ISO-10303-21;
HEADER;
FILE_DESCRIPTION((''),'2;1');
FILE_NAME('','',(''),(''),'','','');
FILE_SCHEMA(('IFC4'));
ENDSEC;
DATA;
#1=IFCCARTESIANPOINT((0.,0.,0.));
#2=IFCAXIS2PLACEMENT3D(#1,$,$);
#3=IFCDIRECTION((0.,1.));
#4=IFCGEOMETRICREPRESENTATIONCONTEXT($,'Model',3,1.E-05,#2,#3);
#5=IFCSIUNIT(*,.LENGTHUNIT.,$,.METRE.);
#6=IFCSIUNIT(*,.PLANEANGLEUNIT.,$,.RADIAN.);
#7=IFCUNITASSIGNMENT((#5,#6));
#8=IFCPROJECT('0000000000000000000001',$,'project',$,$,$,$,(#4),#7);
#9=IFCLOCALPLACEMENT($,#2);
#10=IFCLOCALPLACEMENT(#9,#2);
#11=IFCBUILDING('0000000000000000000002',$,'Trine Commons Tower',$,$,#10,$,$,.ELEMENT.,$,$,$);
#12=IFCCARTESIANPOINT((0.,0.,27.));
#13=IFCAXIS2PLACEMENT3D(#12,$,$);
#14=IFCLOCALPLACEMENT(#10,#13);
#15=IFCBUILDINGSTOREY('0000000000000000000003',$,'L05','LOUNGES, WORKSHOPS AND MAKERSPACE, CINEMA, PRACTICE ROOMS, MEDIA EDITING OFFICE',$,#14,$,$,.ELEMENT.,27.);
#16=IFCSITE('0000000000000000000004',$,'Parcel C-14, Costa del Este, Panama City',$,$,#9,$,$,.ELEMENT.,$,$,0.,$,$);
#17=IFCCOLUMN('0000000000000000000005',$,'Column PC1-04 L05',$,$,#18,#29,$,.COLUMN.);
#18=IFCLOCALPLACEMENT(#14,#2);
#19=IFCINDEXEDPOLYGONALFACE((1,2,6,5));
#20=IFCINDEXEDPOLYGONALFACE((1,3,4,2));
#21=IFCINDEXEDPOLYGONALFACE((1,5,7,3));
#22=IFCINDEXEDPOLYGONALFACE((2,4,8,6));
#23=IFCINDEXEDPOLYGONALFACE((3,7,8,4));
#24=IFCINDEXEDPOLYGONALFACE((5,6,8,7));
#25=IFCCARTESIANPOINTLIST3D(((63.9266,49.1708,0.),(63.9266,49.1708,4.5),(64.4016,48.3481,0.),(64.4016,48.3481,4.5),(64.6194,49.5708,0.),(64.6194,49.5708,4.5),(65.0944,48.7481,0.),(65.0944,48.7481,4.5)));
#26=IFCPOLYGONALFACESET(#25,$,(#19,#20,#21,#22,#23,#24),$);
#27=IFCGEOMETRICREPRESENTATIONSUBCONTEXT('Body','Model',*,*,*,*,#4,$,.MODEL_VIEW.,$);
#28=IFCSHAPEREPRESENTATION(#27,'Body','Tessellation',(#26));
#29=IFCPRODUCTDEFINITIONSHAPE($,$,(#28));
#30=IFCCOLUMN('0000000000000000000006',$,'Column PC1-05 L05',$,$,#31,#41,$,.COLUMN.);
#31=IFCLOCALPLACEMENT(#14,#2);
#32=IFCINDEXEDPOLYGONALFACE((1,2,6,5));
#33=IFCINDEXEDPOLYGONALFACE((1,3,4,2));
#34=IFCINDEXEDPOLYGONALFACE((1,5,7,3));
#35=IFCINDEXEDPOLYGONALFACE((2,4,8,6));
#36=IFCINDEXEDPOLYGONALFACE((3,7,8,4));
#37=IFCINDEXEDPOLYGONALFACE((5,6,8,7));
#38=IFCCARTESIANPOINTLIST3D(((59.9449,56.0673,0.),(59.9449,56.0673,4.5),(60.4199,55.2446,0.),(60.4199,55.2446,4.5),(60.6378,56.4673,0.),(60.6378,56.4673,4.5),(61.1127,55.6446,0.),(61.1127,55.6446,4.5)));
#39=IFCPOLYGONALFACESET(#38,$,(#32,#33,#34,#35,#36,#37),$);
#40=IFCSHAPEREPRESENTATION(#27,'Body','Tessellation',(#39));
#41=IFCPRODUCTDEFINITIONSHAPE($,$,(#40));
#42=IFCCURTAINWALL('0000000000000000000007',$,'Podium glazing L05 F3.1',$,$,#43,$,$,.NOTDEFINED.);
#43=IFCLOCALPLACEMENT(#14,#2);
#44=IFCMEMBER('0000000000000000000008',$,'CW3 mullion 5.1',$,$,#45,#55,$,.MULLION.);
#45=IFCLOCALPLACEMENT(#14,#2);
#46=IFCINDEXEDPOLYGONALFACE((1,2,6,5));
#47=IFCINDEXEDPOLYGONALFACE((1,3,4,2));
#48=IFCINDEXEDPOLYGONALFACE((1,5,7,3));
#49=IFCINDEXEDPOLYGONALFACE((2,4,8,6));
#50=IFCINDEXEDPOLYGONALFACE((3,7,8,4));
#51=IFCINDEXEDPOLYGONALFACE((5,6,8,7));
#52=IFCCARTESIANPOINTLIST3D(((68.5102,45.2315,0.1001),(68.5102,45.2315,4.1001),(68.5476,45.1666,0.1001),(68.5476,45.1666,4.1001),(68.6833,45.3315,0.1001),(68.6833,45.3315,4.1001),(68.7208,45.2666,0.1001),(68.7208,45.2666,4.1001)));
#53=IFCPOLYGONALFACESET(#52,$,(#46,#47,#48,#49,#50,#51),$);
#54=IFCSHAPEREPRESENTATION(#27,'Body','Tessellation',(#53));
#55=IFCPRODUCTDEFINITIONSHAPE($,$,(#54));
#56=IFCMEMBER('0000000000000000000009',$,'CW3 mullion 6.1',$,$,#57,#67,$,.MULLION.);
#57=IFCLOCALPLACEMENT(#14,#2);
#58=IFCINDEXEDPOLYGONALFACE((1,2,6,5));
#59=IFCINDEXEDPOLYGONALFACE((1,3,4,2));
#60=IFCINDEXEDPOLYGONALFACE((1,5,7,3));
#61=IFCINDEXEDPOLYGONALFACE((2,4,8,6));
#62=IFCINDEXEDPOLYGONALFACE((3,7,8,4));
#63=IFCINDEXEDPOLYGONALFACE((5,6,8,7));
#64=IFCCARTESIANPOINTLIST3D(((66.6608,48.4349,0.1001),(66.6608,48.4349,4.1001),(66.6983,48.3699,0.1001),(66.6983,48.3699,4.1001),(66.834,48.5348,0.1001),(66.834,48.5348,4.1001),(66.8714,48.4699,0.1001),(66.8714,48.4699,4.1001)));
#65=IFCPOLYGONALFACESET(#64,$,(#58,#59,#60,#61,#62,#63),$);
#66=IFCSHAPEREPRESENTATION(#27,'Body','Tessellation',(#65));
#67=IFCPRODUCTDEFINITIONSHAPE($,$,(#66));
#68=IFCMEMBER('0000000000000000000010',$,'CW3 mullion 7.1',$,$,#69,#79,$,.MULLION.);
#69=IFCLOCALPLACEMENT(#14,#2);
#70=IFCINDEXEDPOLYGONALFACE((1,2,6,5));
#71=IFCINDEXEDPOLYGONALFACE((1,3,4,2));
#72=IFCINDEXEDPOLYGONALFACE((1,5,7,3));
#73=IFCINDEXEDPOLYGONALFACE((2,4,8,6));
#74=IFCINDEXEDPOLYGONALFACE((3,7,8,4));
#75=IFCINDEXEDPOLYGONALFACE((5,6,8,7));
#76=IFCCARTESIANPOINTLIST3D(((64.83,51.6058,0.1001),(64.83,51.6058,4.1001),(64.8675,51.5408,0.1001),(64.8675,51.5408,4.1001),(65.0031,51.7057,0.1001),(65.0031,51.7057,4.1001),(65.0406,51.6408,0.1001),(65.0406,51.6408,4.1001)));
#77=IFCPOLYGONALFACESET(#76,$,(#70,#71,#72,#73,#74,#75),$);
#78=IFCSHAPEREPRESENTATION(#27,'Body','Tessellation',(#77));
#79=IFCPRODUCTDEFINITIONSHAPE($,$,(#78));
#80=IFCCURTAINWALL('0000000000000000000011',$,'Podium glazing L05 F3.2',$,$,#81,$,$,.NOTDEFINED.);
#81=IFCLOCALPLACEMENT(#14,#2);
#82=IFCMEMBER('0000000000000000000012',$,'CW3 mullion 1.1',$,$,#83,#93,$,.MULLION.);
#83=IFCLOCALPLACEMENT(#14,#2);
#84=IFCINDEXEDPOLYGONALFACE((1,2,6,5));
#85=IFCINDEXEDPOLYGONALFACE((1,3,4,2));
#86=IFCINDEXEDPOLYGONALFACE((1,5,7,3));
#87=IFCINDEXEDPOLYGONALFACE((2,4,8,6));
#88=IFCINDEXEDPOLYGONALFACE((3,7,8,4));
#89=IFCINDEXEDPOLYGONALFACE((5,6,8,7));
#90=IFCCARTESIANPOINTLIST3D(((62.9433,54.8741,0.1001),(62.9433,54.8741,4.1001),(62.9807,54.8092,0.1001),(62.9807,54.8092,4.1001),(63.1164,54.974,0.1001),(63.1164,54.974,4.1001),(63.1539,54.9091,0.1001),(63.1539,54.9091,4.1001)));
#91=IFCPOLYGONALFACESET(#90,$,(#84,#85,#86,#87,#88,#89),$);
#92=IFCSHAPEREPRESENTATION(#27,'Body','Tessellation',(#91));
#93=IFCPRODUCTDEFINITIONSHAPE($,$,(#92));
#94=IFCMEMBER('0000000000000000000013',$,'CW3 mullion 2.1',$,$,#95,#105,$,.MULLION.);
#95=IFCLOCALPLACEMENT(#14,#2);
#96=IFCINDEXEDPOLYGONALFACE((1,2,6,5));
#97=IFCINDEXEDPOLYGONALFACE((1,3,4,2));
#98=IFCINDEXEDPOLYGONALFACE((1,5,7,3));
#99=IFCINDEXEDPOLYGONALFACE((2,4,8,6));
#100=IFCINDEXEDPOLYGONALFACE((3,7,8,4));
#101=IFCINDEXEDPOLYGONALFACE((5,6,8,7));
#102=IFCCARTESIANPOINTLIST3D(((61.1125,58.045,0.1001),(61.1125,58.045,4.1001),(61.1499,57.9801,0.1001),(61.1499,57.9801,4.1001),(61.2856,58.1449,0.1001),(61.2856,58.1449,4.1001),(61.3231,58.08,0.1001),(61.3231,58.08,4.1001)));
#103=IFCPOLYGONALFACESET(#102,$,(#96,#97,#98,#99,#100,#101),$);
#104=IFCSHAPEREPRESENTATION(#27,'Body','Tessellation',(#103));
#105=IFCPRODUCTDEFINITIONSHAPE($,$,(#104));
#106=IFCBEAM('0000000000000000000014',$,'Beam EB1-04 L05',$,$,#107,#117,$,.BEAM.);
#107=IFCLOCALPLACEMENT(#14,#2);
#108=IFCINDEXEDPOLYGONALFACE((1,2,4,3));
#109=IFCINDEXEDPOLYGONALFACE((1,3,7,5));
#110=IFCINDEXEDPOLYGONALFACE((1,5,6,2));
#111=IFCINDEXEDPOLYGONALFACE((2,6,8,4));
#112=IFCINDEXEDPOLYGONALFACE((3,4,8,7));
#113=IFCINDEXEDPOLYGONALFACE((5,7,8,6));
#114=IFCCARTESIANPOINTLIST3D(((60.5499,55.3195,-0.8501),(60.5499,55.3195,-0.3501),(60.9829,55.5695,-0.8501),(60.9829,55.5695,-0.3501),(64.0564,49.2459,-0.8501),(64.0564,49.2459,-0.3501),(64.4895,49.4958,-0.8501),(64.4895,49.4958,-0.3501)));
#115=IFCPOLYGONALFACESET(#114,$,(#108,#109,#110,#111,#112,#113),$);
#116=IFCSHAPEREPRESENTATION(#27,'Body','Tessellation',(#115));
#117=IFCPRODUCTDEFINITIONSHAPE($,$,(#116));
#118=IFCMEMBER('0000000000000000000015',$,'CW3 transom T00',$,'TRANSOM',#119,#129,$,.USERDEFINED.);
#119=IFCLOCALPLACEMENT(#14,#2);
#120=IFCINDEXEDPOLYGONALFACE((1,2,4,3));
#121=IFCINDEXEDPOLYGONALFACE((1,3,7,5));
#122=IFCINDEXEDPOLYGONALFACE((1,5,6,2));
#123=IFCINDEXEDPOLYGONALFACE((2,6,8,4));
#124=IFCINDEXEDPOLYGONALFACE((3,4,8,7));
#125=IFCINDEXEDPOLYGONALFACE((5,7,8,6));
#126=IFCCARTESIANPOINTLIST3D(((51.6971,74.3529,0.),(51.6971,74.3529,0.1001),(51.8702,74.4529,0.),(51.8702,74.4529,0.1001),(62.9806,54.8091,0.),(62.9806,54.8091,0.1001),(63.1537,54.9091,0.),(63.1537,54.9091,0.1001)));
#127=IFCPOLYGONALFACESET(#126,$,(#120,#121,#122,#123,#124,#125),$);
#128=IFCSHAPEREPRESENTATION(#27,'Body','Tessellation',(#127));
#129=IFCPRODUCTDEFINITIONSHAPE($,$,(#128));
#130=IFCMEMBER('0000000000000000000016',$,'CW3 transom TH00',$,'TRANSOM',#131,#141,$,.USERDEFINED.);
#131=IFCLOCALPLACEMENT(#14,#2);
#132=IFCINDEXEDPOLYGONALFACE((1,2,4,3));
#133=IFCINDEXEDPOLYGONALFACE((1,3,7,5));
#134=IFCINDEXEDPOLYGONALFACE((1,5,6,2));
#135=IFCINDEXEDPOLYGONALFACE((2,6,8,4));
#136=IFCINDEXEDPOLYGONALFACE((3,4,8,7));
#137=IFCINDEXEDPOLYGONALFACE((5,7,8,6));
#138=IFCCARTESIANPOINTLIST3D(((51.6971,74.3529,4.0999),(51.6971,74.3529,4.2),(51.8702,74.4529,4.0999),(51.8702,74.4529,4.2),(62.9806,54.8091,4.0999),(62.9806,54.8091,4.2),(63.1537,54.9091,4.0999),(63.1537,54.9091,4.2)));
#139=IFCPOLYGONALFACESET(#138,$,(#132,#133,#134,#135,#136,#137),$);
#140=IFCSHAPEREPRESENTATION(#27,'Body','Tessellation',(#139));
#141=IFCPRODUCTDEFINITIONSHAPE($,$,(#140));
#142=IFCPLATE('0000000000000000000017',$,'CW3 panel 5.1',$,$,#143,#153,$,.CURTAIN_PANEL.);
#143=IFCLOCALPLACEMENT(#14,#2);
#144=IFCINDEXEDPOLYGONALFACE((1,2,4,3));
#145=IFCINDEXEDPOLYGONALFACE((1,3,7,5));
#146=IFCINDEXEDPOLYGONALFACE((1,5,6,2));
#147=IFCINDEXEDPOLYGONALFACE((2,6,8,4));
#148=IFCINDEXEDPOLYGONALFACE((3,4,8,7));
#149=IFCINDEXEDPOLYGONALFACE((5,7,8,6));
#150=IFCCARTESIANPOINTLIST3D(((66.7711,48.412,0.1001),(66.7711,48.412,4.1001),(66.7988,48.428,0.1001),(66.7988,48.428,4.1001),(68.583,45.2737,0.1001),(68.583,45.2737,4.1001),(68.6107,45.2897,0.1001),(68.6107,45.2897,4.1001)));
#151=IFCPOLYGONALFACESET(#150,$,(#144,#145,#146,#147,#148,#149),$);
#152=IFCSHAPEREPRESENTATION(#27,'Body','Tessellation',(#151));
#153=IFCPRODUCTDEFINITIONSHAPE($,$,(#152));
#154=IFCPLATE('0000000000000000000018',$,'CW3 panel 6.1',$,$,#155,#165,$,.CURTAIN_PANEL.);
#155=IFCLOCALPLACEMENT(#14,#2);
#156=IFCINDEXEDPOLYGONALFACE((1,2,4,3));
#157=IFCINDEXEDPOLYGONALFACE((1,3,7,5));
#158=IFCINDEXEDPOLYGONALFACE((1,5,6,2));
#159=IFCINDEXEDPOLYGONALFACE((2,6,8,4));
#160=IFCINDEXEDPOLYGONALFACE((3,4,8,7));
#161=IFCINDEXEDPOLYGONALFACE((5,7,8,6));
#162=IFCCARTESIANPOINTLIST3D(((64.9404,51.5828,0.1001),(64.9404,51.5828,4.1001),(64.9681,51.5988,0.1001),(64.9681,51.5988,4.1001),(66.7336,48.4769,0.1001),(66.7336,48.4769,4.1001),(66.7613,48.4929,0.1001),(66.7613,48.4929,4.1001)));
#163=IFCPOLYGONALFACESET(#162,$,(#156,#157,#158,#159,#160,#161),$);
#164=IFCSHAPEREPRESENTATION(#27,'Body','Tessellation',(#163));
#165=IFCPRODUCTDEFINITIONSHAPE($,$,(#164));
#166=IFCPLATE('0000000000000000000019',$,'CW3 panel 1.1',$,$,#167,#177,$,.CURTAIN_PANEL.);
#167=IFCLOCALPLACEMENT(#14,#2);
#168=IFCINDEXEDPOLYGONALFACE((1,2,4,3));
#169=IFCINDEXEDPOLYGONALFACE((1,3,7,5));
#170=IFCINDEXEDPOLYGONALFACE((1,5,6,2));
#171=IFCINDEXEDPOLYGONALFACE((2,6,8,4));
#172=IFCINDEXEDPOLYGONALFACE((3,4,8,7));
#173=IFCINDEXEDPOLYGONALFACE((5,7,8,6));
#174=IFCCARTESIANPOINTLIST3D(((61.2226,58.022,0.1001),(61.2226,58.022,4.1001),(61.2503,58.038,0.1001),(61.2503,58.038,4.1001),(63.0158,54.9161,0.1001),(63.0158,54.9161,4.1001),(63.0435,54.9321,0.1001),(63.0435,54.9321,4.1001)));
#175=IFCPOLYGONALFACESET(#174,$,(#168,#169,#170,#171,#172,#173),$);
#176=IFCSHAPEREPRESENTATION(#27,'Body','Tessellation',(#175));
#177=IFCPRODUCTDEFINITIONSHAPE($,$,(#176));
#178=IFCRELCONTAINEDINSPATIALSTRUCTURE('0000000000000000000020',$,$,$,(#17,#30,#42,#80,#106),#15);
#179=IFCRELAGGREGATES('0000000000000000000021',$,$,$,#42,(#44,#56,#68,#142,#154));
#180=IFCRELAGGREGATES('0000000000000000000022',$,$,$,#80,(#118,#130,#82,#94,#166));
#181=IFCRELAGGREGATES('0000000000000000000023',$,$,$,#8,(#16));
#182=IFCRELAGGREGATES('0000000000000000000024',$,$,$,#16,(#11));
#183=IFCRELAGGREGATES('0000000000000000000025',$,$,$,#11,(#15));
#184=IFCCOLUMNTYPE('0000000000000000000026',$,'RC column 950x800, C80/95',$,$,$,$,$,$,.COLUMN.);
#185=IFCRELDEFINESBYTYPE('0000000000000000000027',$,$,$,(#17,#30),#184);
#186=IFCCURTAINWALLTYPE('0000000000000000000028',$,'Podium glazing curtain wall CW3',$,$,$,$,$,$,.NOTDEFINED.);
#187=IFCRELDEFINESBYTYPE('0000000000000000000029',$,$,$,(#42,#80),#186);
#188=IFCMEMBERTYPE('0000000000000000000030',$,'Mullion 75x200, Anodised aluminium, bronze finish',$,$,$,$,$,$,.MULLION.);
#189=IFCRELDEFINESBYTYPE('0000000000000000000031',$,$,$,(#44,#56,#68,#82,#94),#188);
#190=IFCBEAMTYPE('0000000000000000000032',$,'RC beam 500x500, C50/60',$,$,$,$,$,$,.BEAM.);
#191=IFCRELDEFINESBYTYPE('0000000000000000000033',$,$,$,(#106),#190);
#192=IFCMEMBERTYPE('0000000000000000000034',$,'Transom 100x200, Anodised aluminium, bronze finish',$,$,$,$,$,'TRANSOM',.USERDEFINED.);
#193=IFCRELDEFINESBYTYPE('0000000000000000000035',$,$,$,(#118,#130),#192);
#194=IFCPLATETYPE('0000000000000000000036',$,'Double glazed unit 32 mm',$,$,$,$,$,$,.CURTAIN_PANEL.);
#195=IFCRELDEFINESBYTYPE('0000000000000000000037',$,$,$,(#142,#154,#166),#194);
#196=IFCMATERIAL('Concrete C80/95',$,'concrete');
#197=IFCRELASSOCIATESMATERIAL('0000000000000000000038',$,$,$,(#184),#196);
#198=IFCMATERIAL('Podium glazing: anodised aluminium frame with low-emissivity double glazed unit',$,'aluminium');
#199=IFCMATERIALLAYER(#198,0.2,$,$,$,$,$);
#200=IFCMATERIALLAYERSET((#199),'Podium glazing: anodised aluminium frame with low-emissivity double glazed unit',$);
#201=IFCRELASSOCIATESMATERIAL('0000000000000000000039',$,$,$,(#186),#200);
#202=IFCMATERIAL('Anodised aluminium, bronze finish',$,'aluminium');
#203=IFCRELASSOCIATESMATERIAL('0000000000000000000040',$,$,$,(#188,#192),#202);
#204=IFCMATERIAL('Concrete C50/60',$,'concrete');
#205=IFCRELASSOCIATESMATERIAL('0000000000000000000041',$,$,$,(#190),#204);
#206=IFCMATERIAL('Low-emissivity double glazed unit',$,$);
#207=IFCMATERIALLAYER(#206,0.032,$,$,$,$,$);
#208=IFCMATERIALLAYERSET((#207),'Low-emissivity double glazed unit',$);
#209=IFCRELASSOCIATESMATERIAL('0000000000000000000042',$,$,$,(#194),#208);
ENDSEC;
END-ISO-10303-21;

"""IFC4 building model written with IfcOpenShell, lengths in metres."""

from ifc_helpers import new_model, si_unit, direction, frame, origin, origin_2d, place, context, subcontext, project, spatial, rectangle, extrude, material, layer, layer_set, material_profile, profile_set, type_object, element, aggregate, save


model = new_model("IFC4")

# Units and contexts
model_context = context("Model", 3, precision=1e-05, world=origin(), true_north=direction((0.0, 1.0)))
body_context = subcontext(model_context, "Body", "Model", "MODEL_VIEW")
ifc_project = project(units=[si_unit("LENGTHUNIT", "METRE"), si_unit("PLANEANGLEUNIT", "RADIAN")], contexts=[model_context])

# Site, building, storey
site_placement = place(None, origin())
site = spatial("IfcSite", under=ifc_project, at=site_placement, Name="Parcel C-14, Costa del Este, Panama City", CompositionType="ELEMENT", RefElevation=0.0)
building_placement = place(site_placement, origin())
building = spatial("IfcBuilding", under=site, at=building_placement, Name="Trine Commons Tower", CompositionType="ELEMENT")
storey_placement = place(building_placement, frame((0.0, 0.0, 27.0)))
storey = spatial("IfcBuildingStorey", under=building, at=storey_placement, Name="L05", Description="LOUNGES, WORKSHOPS AND MAKERSPACE, CINEMA, PRACTICE ROOMS, MEDIA EDITING OFFICE", CompositionType="ELEMENT", Elevation=27.0)

# Columns
ifc_material_1 = material(Name="Concrete C80/95", Category="concrete")
ifc_material_profile_1 = material_profile(ifc_material_1, rectangle(XDim=0.95, YDim=0.8, at=origin_2d()), Name="RC 950x800")
ifc_profile_set_1 = profile_set([ifc_material_profile_1], Name="Concrete C80/95")
column_type = type_object("IfcColumnType", Name="RC column 950x800, C80/95", PredefinedType="COLUMN", material=ifc_profile_set_1)
for number, where, z_axis, x_axis, name in (
    (1, (64.5105, 48.9595, 0.0), (0.0, 0.0, 1.0), (-0.5, 0.866025, 0.0), "Column PC1-04 L05"),
    (2, (60.5288, 55.856, 0.0), (0.0, 0.0, 1.0), (-0.5, 0.866025, 0.0), "Column PC1-05 L05"),
):
    element("IfcColumn", number, at=place(storey_placement, frame(where, z_axis=z_axis, x_axis=x_axis)), inside=storey, type_object=column_type, Name=name, PredefinedType="COLUMN", context=body_context, shape_type="SweptSolid", body=[
        extrude(rectangle(XDim=0.95, YDim=0.8, at=origin_2d()), origin(), (0.0, 0.0, 1.0), 4.5),
    ])

# Curtain walls, members
ifc_material_2 = material(Name="Podium glazing: anodised aluminium frame with low-emissivity double glazed unit", Category="aluminium")
ifc_layer_1 = layer(ifc_material_2, 0.2)
ifc_layer_set_1 = layer_set([ifc_layer_1], Name="Podium glazing: anodised aluminium frame with low-emissivity double glazed unit")
curtain_wall_type = type_object("IfcCurtainWallType", Name="Podium glazing curtain wall CW3", PredefinedType="NOTDEFINED", material=ifc_layer_set_1)
curtain_wall_1_placement = place(storey_placement, origin())
curtain_wall_1 = element("IfcCurtainWall", 3, at=curtain_wall_1_placement, inside=storey, type_object=curtain_wall_type, Name="Podium glazing L05 F3.1", PredefinedType="NOTDEFINED")
ifc_material_3 = material(Name="Anodised aluminium, bronze finish", Category="aluminium")
ifc_material_profile_2 = material_profile(ifc_material_3, rectangle(XDim=0.2, YDim=0.075, at=origin_2d()), Name="Mullion 75x200")
ifc_profile_set_2 = profile_set([ifc_material_profile_2], Name="Anodised aluminium, bronze finish")
member_type_1 = type_object("IfcMemberType", Name="Mullion 75x200, Anodised aluminium, bronze finish", PredefinedType="MULLION", material=ifc_profile_set_2)
member_1_placement = place(storey_placement, frame((68.6155, 45.249, 0.1001), z_axis=(0.0, 0.0, 1.0), x_axis=(-0.866025, -0.5, 0.0)))
member_1 = element("IfcMember", 4, at=member_1_placement, type_object=member_type_1, Name="CW3 mullion 5.1", PredefinedType="MULLION", context=body_context, shape_type="SweptSolid", body=[
    extrude(rectangle(XDim=0.2, YDim=0.075, at=origin_2d()), origin(), (0.0, 0.0, 1.0), 4.0),
])
member_2_placement = place(storey_placement, frame((66.7661, 48.4524, 0.1001), z_axis=(0.0, 0.0, 1.0), x_axis=(-0.866025, -0.5, 0.0)))
member_2 = element("IfcMember", 5, at=member_2_placement, type_object=member_type_1, Name="CW3 mullion 6.1", PredefinedType="MULLION", context=body_context, shape_type="SweptSolid", body=[
    extrude(rectangle(XDim=0.2, YDim=0.075, at=origin_2d()), origin(), (0.0, 0.0, 1.0), 4.0),
])
member_3_placement = place(storey_placement, frame((64.9353, 51.6233, 0.1001), z_axis=(0.0, 0.0, 1.0), x_axis=(-0.866025, -0.5, 0.0)))
member_3 = element("IfcMember", 6, at=member_3_placement, type_object=member_type_1, Name="CW3 mullion 7.1", PredefinedType="MULLION", context=body_context, shape_type="SweptSolid", body=[
    extrude(rectangle(XDim=0.2, YDim=0.075, at=origin_2d()), origin(), (0.0, 0.0, 1.0), 4.0),
])
curtain_wall_2_placement = place(storey_placement, origin())
curtain_wall_2 = element("IfcCurtainWall", 7, at=curtain_wall_2_placement, inside=storey, type_object=curtain_wall_type, Name="Podium glazing L05 F3.2", PredefinedType="NOTDEFINED")
member_4_placement = place(storey_placement, frame((63.0486, 54.8916, 0.1001), z_axis=(0.0, 0.0, 1.0), x_axis=(-0.866025, -0.5, 0.0)))
member_4 = element("IfcMember", 8, at=member_4_placement, type_object=member_type_1, Name="CW3 mullion 1.1", PredefinedType="MULLION", context=body_context, shape_type="SweptSolid", body=[
    extrude(rectangle(XDim=0.2, YDim=0.075, at=origin_2d()), origin(), (0.0, 0.0, 1.0), 4.0),
])
member_5_placement = place(storey_placement, frame((61.2178, 58.0625, 0.1001), z_axis=(0.0, 0.0, 1.0), x_axis=(-0.866025, -0.5, 0.0)))
member_5 = element("IfcMember", 9, at=member_5_placement, type_object=member_type_1, Name="CW3 mullion 2.1", PredefinedType="MULLION", context=body_context, shape_type="SweptSolid", body=[
    extrude(rectangle(XDim=0.2, YDim=0.075, at=origin_2d()), origin(), (0.0, 0.0, 1.0), 4.0),
])

# Beam
ifc_material_4 = material(Name="Concrete C50/60", Category="concrete")
ifc_material_profile_3 = material_profile(ifc_material_4, rectangle(XDim=0.5, YDim=0.5, at=origin_2d()), Name="RC 500x500")
ifc_profile_set_3 = profile_set([ifc_material_profile_3], Name="Concrete C50/60")
beam_type = type_object("IfcBeamType", Name="RC beam 500x500, C50/60", PredefinedType="BEAM", material=ifc_profile_set_3)
beam_placement = place(storey_placement, frame((64.2729, 49.3708, -0.6001), z_axis=(-0.499992, 0.86603, 0.0), x_axis=(-0.86603, -0.499992, 0.0)))
element("IfcBeam", 10, at=beam_placement, inside=storey, type_object=beam_type, Name="Beam EB1-04 L05", PredefinedType="BEAM", context=body_context, shape_type="SweptSolid", body=[
    extrude(rectangle(XDim=0.5, YDim=0.5, at=origin_2d()), origin(), (0.0, 0.0, 1.0), 7.0132),
])

# Members
ifc_material_profile_4 = material_profile(ifc_material_3, rectangle(XDim=0.2, YDim=0.1001, at=origin_2d()), Name="Transom 100x200")
ifc_profile_set_4 = profile_set([ifc_material_profile_4], Name="Anodised aluminium, bronze finish")
member_type_2 = type_object("IfcMemberType", Name="Transom 100x200, Anodised aluminium, bronze finish", ElementType="TRANSOM", PredefinedType="USERDEFINED", material=ifc_profile_set_4)
member_6_placement = place(storey_placement, frame((63.0671, 54.8591, 0.05), z_axis=(-0.499996, 0.866028, 0.0), x_axis=(-0.866028, -0.499996, 0.0)))
member_6 = element("IfcMember", 11, at=member_6_placement, type_object=member_type_2, Name="CW3 transom T00", ObjectType="TRANSOM", PredefinedType="USERDEFINED", context=body_context, shape_type="SweptSolid", body=[
    extrude(rectangle(XDim=0.2, YDim=0.1001, at=origin_2d()), origin(), (0.0, 0.0, 1.0), 22.5671),
])
member_7_placement = place(storey_placement, frame((63.0671, 54.8591, 4.1499), z_axis=(-0.499996, 0.866028, 0.0), x_axis=(-0.866028, -0.499996, 0.0)))
member_7 = element("IfcMember", 12, at=member_7_placement, type_object=member_type_2, Name="CW3 transom TH00", ObjectType="TRANSOM", PredefinedType="USERDEFINED", context=body_context, shape_type="SweptSolid", body=[
    extrude(rectangle(XDim=0.2, YDim=0.1001, at=origin_2d()), origin(), (0.0, 0.0, 1.0), 22.5671),
])

# Plates
ifc_material_5 = material(Name="Low-emissivity double glazed unit")
ifc_layer_2 = layer(ifc_material_5, 0.032)
ifc_layer_set_2 = layer_set([ifc_layer_2], Name="Low-emissivity double glazed unit")
plate_type = type_object("IfcPlateType", Name="Double glazed unit 32 mm", PredefinedType="CURTAIN_PANEL", material=ifc_layer_set_2)
plate_1_placement = place(storey_placement, frame((67.6909, 46.8508, 0.1001), z_axis=(0.0, 0.0, 1.0), x_axis=(-0.5, 0.866025, 0.0)))
plate_1 = element("IfcPlate", 13, at=plate_1_placement, type_object=plate_type, Name="CW3 panel 5.1", PredefinedType="CURTAIN_PANEL", context=body_context, shape_type="SweptSolid", body=[
    extrude(rectangle(XDim=3.6238, YDim=0.032, at=origin_2d()), origin(), (0.0, 0.0, 1.0), 4.0),
])
plate_2_placement = place(storey_placement, frame((65.8508, 50.0378, 0.1001), z_axis=(0.0, 0.0, 1.0), x_axis=(-0.5, 0.866025, 0.0)))
plate_2 = element("IfcPlate", 14, at=plate_2_placement, type_object=plate_type, Name="CW3 panel 6.1", PredefinedType="CURTAIN_PANEL", context=body_context, shape_type="SweptSolid", body=[
    extrude(rectangle(XDim=3.5864, YDim=0.032, at=origin_2d()), origin(), (0.0, 0.0, 1.0), 4.0),
])
aggregate(curtain_wall_1, [member_1, member_2, member_3, plate_1, plate_2])
plate_3_placement = place(storey_placement, frame((62.1331, 56.4771, 0.1001), z_axis=(0.0, 0.0, 1.0), x_axis=(-0.5, 0.866025, 0.0)))
plate_3 = element("IfcPlate", 15, at=plate_3_placement, type_object=plate_type, Name="CW3 panel 1.1", PredefinedType="CURTAIN_PANEL", context=body_context, shape_type="SweptSolid", body=[
    extrude(rectangle(XDim=3.5864, YDim=0.032, at=origin_2d()), origin(), (0.0, 0.0, 1.0), 4.0),
])
aggregate(curtain_wall_2, [member_6, member_7, member_4, member_5, plate_3])

save(model, "model.ifc")
